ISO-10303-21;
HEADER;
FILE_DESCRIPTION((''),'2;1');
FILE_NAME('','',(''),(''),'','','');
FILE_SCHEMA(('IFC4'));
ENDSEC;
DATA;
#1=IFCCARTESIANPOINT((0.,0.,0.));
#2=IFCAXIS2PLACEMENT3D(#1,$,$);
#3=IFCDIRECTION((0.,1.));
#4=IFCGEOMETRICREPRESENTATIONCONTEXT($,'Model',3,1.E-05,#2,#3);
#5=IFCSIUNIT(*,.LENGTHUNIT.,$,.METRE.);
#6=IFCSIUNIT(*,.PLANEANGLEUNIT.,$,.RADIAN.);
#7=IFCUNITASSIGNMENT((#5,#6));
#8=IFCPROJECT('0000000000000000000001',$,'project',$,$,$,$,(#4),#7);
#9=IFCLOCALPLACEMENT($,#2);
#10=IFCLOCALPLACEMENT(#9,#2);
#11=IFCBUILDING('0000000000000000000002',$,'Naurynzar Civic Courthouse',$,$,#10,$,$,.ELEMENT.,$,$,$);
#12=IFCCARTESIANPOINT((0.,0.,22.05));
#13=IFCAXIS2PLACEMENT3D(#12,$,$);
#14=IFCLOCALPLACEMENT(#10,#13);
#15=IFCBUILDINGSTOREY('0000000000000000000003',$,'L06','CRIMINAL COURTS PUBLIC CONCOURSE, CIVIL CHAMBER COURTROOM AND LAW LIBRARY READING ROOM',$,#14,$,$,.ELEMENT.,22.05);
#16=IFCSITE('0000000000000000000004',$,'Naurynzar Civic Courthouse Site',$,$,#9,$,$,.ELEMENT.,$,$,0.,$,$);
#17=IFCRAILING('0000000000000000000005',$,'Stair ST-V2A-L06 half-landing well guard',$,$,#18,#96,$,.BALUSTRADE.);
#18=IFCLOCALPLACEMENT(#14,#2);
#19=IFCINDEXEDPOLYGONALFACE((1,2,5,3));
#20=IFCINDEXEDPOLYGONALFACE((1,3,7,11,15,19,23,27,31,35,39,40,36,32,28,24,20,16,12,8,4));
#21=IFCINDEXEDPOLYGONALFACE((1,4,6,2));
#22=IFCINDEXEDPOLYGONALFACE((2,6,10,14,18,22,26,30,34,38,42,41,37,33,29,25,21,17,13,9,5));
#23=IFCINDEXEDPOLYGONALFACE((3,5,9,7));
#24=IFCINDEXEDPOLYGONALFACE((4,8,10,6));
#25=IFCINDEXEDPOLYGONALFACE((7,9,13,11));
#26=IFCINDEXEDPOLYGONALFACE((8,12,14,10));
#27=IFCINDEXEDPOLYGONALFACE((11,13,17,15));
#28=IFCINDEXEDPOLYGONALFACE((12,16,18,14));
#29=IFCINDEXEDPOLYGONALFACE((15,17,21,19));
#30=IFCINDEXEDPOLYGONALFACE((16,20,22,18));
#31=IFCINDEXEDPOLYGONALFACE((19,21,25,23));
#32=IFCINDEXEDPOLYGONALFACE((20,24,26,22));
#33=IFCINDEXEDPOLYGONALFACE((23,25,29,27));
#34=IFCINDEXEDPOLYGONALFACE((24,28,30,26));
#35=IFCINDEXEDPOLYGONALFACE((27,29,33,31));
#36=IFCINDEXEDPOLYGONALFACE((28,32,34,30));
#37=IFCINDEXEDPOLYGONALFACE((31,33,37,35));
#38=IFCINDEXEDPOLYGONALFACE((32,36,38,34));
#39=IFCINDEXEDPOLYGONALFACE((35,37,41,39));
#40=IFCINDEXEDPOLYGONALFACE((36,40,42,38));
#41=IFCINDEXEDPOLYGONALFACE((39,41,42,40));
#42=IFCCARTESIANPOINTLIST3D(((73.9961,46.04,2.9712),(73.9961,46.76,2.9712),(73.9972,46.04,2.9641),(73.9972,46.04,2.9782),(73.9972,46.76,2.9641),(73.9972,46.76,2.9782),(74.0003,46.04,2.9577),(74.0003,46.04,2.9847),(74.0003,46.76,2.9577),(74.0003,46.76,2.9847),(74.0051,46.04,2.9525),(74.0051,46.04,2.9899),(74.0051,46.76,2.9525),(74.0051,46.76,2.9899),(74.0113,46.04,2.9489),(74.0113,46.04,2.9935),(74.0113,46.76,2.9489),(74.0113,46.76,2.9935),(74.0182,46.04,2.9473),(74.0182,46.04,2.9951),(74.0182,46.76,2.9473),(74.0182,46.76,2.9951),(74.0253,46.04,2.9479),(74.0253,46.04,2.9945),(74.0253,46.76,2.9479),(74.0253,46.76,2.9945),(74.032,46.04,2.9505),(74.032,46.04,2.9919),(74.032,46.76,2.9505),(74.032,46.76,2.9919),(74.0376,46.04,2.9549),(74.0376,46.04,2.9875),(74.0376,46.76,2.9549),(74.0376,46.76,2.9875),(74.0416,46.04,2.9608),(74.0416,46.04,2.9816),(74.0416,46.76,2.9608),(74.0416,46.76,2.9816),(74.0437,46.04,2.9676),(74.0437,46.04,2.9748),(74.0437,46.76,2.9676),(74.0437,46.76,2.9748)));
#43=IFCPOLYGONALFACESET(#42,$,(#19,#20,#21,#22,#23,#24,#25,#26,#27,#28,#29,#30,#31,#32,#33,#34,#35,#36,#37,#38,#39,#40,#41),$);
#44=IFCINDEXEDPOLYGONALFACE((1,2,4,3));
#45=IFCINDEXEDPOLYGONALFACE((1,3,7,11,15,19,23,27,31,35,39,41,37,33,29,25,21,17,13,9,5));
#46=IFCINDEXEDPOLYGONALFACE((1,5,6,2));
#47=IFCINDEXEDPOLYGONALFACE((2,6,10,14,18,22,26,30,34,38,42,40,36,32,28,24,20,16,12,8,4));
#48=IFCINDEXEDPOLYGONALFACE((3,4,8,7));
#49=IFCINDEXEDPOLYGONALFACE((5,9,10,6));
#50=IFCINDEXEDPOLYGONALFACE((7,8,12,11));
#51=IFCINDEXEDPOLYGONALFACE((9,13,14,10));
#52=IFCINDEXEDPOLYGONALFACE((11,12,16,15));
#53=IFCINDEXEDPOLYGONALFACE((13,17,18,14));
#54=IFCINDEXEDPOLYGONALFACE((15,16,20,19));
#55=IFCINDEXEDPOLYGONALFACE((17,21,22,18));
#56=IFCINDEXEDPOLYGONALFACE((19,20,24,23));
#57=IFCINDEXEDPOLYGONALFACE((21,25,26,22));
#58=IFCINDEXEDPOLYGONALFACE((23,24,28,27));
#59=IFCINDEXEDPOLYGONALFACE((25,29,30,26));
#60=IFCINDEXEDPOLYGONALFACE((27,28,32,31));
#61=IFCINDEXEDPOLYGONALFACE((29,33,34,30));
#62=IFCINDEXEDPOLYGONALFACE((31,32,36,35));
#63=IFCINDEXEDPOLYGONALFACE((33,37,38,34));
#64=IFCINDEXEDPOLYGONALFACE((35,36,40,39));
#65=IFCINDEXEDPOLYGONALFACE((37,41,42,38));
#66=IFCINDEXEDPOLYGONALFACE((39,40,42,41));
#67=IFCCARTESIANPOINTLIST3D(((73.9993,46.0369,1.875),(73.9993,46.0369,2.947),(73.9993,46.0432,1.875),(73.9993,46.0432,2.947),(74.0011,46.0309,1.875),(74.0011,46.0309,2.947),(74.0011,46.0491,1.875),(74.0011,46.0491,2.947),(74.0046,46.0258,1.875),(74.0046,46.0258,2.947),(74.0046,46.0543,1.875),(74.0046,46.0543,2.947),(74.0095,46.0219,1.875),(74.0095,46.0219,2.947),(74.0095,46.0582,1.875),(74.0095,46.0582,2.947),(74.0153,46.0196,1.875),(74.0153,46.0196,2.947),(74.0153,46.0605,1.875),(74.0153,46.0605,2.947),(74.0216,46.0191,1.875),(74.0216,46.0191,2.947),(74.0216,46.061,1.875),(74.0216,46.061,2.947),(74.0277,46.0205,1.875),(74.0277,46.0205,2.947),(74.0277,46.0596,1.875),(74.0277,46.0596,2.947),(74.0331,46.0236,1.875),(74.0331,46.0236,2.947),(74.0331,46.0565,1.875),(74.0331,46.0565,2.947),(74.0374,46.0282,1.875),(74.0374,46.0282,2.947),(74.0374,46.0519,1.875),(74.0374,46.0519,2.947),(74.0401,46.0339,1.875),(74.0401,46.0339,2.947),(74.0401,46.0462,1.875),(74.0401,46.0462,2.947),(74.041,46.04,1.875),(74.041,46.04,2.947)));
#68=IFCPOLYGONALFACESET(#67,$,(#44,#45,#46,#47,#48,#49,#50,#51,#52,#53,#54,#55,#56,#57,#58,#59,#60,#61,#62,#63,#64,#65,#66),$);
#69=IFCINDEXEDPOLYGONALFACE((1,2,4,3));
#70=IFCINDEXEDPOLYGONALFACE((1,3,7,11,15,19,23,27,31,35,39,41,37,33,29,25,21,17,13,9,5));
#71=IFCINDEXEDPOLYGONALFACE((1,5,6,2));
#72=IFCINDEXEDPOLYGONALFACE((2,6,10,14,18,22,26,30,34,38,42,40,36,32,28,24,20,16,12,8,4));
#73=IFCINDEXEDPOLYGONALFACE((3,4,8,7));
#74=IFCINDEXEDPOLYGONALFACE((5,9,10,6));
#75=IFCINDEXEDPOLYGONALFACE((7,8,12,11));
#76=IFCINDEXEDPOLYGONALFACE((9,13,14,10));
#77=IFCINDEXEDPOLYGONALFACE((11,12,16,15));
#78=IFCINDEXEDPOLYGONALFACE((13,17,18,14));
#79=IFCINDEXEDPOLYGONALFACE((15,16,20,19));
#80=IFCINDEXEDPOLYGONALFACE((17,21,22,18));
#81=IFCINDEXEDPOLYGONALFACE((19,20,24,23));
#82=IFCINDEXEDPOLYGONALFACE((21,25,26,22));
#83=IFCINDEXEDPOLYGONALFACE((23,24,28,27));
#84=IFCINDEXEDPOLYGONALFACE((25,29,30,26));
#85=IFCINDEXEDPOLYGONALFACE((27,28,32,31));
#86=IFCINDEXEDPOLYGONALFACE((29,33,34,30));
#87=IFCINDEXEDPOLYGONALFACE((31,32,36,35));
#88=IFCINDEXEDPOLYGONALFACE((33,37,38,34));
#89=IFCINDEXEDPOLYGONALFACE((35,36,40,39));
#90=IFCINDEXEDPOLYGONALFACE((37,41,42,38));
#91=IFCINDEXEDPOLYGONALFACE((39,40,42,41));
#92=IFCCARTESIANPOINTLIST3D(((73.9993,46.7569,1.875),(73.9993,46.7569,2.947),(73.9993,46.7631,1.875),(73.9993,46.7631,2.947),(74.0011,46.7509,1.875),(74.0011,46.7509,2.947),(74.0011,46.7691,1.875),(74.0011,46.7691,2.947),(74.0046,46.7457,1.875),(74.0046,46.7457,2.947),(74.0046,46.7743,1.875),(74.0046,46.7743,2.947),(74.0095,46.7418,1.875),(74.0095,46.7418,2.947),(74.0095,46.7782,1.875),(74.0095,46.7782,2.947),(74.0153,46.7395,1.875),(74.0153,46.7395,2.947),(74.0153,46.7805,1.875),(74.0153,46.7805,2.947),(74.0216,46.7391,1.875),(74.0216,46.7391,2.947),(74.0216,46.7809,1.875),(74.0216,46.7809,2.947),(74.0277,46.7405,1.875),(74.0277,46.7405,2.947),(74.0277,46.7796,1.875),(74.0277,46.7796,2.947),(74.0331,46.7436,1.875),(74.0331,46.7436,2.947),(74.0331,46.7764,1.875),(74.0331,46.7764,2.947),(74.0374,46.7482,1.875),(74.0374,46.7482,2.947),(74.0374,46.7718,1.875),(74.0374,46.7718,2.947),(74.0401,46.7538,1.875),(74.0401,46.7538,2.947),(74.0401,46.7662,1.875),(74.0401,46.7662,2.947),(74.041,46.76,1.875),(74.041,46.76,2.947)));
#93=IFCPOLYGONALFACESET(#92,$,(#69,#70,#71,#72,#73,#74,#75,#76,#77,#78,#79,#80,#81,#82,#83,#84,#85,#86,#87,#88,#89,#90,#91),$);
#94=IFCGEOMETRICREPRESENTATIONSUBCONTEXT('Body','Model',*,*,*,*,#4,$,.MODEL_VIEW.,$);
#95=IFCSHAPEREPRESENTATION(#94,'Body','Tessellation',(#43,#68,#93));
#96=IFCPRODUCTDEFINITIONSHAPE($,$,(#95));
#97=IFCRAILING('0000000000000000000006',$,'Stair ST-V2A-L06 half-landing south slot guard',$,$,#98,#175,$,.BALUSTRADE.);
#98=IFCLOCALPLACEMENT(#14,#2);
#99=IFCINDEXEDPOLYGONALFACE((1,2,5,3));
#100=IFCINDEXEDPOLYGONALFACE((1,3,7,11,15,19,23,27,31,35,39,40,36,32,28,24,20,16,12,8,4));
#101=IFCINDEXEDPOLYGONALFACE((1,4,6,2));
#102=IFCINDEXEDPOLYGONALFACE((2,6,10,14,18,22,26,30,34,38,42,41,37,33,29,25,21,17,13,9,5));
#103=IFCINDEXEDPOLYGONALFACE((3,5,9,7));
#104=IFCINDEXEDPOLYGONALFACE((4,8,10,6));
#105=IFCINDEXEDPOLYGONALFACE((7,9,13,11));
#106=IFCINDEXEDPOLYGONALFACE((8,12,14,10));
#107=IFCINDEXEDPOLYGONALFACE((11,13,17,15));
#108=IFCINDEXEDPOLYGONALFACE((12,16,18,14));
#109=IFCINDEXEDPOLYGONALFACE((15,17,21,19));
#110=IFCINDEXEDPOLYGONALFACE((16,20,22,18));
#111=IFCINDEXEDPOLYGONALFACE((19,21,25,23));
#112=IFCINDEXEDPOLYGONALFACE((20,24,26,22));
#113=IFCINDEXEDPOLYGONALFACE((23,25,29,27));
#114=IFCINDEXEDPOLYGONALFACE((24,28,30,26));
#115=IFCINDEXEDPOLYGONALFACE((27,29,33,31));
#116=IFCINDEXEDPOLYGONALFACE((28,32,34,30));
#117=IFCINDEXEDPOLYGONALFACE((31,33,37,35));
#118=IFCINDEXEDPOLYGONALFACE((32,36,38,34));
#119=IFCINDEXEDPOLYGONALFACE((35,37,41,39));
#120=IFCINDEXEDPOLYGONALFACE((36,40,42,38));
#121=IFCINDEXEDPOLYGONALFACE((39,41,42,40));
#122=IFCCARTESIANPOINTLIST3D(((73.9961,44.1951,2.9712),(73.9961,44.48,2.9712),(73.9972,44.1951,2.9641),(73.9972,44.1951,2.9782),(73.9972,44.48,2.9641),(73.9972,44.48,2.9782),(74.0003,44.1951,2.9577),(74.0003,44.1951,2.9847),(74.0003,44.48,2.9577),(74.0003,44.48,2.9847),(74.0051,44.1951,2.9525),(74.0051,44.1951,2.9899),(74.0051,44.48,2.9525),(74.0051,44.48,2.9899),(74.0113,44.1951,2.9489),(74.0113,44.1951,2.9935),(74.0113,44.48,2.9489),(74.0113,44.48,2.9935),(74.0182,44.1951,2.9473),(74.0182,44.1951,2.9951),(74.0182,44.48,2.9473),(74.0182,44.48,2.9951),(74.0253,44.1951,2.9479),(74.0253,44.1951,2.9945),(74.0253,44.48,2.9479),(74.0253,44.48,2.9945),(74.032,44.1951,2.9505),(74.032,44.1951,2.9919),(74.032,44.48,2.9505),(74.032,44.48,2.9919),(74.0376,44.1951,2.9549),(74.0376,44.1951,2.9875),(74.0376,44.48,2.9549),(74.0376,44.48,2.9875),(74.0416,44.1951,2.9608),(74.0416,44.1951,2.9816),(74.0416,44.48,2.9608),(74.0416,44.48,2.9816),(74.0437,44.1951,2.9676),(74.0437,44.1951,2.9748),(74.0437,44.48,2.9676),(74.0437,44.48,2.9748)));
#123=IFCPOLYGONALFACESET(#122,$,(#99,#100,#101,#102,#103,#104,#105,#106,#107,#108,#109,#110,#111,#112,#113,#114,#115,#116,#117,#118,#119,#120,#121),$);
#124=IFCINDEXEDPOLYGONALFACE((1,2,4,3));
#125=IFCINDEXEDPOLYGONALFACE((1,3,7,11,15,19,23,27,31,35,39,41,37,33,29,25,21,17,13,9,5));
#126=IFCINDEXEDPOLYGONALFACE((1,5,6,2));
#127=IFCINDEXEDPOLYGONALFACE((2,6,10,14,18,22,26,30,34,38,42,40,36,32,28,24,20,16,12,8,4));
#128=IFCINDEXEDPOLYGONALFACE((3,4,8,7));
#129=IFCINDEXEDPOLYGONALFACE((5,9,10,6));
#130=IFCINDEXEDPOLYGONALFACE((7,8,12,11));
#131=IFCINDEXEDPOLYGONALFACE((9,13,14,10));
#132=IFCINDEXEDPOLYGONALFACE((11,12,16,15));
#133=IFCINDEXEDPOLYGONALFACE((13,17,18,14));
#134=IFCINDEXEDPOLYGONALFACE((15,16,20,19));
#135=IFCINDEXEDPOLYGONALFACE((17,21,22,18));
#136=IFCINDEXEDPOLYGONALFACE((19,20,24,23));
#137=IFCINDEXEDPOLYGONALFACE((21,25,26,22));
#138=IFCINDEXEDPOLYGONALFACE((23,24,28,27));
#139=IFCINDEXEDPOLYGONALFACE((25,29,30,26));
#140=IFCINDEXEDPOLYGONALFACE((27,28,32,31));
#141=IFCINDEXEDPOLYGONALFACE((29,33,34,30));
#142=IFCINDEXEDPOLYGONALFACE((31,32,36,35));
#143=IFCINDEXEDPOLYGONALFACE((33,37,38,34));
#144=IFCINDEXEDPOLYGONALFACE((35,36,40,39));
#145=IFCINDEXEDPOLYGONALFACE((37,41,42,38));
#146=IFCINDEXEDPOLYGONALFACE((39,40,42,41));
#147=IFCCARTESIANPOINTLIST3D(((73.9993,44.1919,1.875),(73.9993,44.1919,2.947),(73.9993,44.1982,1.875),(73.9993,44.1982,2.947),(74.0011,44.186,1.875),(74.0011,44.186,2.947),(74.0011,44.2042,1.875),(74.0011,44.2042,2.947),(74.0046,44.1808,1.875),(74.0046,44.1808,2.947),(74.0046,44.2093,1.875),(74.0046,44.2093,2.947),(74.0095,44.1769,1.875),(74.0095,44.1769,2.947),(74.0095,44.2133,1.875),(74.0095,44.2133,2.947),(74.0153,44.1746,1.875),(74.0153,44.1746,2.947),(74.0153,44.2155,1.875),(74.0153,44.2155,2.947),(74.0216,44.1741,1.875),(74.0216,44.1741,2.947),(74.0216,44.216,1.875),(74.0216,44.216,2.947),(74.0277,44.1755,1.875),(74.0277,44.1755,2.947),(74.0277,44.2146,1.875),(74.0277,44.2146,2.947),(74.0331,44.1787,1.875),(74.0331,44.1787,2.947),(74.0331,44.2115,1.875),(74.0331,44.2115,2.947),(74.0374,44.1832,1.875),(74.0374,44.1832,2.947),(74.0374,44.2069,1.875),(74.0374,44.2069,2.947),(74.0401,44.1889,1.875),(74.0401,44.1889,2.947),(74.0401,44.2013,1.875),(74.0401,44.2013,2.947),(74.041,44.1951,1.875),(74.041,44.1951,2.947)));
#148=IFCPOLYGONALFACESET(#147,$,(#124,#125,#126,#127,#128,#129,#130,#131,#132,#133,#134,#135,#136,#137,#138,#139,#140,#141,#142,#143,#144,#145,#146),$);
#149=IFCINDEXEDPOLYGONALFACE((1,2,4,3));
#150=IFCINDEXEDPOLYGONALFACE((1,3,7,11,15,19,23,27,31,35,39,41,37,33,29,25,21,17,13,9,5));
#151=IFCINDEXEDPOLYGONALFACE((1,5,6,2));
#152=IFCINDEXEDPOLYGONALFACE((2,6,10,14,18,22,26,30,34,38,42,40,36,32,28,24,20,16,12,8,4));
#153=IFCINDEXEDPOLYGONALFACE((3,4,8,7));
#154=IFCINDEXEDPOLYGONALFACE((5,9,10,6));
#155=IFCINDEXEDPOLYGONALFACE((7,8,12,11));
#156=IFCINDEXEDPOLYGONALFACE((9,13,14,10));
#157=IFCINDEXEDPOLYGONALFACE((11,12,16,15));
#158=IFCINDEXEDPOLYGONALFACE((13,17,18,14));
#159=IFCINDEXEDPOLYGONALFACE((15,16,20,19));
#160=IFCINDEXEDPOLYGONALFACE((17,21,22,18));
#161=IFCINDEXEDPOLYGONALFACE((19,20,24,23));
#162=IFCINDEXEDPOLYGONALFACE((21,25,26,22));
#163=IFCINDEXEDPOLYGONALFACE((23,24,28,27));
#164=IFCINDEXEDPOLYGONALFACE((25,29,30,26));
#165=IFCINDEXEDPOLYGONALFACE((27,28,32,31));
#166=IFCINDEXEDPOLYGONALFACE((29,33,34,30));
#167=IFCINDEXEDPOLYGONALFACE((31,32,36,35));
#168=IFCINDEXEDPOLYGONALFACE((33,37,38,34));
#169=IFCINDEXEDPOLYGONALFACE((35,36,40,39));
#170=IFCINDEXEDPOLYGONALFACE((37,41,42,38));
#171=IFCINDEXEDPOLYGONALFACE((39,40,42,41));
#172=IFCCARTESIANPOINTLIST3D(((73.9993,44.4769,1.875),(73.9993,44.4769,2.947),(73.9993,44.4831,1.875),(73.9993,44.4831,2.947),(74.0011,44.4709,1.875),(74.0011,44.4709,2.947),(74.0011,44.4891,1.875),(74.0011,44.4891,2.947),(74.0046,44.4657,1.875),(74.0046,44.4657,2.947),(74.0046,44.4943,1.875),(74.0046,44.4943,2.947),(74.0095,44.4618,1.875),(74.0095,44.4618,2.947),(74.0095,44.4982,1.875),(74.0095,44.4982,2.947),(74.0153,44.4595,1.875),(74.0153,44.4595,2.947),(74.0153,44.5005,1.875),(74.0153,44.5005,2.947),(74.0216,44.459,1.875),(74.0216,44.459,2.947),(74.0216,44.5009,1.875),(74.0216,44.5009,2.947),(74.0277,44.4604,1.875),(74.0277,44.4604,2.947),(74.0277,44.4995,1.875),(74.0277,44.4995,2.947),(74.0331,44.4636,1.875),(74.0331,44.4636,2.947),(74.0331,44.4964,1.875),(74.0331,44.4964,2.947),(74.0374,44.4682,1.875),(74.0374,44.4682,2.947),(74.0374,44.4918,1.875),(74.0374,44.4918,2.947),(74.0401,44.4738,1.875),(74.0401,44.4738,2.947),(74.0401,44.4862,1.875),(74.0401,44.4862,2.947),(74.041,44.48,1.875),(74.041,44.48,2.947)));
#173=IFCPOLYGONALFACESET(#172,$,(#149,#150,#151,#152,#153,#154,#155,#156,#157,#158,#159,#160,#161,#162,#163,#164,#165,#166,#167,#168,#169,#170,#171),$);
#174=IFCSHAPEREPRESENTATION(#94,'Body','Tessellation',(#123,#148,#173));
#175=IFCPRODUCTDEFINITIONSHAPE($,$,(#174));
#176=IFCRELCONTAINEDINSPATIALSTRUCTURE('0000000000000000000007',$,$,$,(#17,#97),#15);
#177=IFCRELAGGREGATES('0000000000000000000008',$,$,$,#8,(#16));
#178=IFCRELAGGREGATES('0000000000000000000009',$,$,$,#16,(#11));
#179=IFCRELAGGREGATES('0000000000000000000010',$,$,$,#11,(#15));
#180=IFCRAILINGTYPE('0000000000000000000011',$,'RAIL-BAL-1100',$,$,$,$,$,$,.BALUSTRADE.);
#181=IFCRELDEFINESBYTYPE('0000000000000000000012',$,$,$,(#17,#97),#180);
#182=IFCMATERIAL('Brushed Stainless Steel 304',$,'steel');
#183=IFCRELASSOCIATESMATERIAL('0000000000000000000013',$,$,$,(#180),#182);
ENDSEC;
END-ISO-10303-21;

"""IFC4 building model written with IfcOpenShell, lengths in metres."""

from ifc_helpers import new_model, si_unit, direction, frame, origin, origin_2d, place, context, subcontext, project, spatial, circle, extrude, material, type_object, element, save


model = new_model("IFC4")

# Units and contexts
model_context = context("Model", 3, precision=1e-05, world=origin(), true_north=direction((0.0, 1.0)))
body_context = subcontext(model_context, "Body", "Model", "MODEL_VIEW")
ifc_project = project(units=[si_unit("LENGTHUNIT", "METRE"), si_unit("PLANEANGLEUNIT", "RADIAN")], contexts=[model_context])

# Site, building, storey
site_placement = place(None, origin())
site = spatial("IfcSite", under=ifc_project, at=site_placement, Name="Naurynzar Civic Courthouse Site", CompositionType="ELEMENT", RefElevation=0.0)
building_placement = place(site_placement, origin())
building = spatial("IfcBuilding", under=site, at=building_placement, Name="Naurynzar Civic Courthouse", CompositionType="ELEMENT")
storey_placement = place(building_placement, frame((0.0, 0.0, 22.05)))
storey = spatial("IfcBuildingStorey", under=building, at=storey_placement, Name="L06", Description="CRIMINAL COURTS PUBLIC CONCOURSE, CIVIL CHAMBER COURTROOM AND LAW LIBRARY READING ROOM", CompositionType="ELEMENT", Elevation=22.05)

# Railings
ifc_material_1 = material(Name="Brushed Stainless Steel 304", Category="steel")
railing_type_1 = type_object("IfcRailingType", Name="RAIL-BAL-1100", PredefinedType="BALUSTRADE", material=ifc_material_1)
for number, where, name in (
    (1, (74.02, 46.04, 1.875), "Stair ST-V2A-L06 half-landing well guard"),
):
    element("IfcRailing", number, at=place(storey_placement, frame(where)), inside=storey, type_object=railing_type_1, Name=name, PredefinedType="BALUSTRADE", context=body_context, shape_type="SweptSolid", body=[
        extrude(circle(Radius=0.0239, at=origin_2d()), frame((0.0, 0.0, 1.0962), z_axis=(0.0, 1.0, 0.0), x_axis=(-1.0, 0.0, 0.0)), (0.0, 0.0, 1.0), 0.72),
        extrude(circle(Radius=0.021, at=origin_2d()), origin(), (0.0, 0.0, 1.0), 1.072),
        extrude(circle(Radius=0.021, at=origin_2d()), frame((0.0, 0.72, 0.0)), (0.0, 0.0, 1.0), 1.072),
    ])
railing_1_placement = place(storey_placement, frame((74.02, 44.1951, 1.875)))
element("IfcRailing", 2, at=railing_1_placement, inside=storey, type_object=railing_type_1, Name="Stair ST-V2A-L06 half-landing south slot guard", PredefinedType="BALUSTRADE", context=body_context, shape_type="SweptSolid", body=[
    extrude(circle(Radius=0.0239, at=origin_2d()), frame((0.0, 0.0, 1.0962), z_axis=(0.0, 1.0, 0.0), x_axis=(-1.0, 0.0, 0.0)), (0.0, 0.0, 1.0), 0.2849),
    extrude(circle(Radius=0.021, at=origin_2d()), origin(), (0.0, 0.0, 1.0), 1.072),
    extrude(circle(Radius=0.021, at=origin_2d()), frame((0.0, 0.2849, 0.0)), (0.0, 0.0, 1.0), 1.072),
])

save(model, "model.ifc")
